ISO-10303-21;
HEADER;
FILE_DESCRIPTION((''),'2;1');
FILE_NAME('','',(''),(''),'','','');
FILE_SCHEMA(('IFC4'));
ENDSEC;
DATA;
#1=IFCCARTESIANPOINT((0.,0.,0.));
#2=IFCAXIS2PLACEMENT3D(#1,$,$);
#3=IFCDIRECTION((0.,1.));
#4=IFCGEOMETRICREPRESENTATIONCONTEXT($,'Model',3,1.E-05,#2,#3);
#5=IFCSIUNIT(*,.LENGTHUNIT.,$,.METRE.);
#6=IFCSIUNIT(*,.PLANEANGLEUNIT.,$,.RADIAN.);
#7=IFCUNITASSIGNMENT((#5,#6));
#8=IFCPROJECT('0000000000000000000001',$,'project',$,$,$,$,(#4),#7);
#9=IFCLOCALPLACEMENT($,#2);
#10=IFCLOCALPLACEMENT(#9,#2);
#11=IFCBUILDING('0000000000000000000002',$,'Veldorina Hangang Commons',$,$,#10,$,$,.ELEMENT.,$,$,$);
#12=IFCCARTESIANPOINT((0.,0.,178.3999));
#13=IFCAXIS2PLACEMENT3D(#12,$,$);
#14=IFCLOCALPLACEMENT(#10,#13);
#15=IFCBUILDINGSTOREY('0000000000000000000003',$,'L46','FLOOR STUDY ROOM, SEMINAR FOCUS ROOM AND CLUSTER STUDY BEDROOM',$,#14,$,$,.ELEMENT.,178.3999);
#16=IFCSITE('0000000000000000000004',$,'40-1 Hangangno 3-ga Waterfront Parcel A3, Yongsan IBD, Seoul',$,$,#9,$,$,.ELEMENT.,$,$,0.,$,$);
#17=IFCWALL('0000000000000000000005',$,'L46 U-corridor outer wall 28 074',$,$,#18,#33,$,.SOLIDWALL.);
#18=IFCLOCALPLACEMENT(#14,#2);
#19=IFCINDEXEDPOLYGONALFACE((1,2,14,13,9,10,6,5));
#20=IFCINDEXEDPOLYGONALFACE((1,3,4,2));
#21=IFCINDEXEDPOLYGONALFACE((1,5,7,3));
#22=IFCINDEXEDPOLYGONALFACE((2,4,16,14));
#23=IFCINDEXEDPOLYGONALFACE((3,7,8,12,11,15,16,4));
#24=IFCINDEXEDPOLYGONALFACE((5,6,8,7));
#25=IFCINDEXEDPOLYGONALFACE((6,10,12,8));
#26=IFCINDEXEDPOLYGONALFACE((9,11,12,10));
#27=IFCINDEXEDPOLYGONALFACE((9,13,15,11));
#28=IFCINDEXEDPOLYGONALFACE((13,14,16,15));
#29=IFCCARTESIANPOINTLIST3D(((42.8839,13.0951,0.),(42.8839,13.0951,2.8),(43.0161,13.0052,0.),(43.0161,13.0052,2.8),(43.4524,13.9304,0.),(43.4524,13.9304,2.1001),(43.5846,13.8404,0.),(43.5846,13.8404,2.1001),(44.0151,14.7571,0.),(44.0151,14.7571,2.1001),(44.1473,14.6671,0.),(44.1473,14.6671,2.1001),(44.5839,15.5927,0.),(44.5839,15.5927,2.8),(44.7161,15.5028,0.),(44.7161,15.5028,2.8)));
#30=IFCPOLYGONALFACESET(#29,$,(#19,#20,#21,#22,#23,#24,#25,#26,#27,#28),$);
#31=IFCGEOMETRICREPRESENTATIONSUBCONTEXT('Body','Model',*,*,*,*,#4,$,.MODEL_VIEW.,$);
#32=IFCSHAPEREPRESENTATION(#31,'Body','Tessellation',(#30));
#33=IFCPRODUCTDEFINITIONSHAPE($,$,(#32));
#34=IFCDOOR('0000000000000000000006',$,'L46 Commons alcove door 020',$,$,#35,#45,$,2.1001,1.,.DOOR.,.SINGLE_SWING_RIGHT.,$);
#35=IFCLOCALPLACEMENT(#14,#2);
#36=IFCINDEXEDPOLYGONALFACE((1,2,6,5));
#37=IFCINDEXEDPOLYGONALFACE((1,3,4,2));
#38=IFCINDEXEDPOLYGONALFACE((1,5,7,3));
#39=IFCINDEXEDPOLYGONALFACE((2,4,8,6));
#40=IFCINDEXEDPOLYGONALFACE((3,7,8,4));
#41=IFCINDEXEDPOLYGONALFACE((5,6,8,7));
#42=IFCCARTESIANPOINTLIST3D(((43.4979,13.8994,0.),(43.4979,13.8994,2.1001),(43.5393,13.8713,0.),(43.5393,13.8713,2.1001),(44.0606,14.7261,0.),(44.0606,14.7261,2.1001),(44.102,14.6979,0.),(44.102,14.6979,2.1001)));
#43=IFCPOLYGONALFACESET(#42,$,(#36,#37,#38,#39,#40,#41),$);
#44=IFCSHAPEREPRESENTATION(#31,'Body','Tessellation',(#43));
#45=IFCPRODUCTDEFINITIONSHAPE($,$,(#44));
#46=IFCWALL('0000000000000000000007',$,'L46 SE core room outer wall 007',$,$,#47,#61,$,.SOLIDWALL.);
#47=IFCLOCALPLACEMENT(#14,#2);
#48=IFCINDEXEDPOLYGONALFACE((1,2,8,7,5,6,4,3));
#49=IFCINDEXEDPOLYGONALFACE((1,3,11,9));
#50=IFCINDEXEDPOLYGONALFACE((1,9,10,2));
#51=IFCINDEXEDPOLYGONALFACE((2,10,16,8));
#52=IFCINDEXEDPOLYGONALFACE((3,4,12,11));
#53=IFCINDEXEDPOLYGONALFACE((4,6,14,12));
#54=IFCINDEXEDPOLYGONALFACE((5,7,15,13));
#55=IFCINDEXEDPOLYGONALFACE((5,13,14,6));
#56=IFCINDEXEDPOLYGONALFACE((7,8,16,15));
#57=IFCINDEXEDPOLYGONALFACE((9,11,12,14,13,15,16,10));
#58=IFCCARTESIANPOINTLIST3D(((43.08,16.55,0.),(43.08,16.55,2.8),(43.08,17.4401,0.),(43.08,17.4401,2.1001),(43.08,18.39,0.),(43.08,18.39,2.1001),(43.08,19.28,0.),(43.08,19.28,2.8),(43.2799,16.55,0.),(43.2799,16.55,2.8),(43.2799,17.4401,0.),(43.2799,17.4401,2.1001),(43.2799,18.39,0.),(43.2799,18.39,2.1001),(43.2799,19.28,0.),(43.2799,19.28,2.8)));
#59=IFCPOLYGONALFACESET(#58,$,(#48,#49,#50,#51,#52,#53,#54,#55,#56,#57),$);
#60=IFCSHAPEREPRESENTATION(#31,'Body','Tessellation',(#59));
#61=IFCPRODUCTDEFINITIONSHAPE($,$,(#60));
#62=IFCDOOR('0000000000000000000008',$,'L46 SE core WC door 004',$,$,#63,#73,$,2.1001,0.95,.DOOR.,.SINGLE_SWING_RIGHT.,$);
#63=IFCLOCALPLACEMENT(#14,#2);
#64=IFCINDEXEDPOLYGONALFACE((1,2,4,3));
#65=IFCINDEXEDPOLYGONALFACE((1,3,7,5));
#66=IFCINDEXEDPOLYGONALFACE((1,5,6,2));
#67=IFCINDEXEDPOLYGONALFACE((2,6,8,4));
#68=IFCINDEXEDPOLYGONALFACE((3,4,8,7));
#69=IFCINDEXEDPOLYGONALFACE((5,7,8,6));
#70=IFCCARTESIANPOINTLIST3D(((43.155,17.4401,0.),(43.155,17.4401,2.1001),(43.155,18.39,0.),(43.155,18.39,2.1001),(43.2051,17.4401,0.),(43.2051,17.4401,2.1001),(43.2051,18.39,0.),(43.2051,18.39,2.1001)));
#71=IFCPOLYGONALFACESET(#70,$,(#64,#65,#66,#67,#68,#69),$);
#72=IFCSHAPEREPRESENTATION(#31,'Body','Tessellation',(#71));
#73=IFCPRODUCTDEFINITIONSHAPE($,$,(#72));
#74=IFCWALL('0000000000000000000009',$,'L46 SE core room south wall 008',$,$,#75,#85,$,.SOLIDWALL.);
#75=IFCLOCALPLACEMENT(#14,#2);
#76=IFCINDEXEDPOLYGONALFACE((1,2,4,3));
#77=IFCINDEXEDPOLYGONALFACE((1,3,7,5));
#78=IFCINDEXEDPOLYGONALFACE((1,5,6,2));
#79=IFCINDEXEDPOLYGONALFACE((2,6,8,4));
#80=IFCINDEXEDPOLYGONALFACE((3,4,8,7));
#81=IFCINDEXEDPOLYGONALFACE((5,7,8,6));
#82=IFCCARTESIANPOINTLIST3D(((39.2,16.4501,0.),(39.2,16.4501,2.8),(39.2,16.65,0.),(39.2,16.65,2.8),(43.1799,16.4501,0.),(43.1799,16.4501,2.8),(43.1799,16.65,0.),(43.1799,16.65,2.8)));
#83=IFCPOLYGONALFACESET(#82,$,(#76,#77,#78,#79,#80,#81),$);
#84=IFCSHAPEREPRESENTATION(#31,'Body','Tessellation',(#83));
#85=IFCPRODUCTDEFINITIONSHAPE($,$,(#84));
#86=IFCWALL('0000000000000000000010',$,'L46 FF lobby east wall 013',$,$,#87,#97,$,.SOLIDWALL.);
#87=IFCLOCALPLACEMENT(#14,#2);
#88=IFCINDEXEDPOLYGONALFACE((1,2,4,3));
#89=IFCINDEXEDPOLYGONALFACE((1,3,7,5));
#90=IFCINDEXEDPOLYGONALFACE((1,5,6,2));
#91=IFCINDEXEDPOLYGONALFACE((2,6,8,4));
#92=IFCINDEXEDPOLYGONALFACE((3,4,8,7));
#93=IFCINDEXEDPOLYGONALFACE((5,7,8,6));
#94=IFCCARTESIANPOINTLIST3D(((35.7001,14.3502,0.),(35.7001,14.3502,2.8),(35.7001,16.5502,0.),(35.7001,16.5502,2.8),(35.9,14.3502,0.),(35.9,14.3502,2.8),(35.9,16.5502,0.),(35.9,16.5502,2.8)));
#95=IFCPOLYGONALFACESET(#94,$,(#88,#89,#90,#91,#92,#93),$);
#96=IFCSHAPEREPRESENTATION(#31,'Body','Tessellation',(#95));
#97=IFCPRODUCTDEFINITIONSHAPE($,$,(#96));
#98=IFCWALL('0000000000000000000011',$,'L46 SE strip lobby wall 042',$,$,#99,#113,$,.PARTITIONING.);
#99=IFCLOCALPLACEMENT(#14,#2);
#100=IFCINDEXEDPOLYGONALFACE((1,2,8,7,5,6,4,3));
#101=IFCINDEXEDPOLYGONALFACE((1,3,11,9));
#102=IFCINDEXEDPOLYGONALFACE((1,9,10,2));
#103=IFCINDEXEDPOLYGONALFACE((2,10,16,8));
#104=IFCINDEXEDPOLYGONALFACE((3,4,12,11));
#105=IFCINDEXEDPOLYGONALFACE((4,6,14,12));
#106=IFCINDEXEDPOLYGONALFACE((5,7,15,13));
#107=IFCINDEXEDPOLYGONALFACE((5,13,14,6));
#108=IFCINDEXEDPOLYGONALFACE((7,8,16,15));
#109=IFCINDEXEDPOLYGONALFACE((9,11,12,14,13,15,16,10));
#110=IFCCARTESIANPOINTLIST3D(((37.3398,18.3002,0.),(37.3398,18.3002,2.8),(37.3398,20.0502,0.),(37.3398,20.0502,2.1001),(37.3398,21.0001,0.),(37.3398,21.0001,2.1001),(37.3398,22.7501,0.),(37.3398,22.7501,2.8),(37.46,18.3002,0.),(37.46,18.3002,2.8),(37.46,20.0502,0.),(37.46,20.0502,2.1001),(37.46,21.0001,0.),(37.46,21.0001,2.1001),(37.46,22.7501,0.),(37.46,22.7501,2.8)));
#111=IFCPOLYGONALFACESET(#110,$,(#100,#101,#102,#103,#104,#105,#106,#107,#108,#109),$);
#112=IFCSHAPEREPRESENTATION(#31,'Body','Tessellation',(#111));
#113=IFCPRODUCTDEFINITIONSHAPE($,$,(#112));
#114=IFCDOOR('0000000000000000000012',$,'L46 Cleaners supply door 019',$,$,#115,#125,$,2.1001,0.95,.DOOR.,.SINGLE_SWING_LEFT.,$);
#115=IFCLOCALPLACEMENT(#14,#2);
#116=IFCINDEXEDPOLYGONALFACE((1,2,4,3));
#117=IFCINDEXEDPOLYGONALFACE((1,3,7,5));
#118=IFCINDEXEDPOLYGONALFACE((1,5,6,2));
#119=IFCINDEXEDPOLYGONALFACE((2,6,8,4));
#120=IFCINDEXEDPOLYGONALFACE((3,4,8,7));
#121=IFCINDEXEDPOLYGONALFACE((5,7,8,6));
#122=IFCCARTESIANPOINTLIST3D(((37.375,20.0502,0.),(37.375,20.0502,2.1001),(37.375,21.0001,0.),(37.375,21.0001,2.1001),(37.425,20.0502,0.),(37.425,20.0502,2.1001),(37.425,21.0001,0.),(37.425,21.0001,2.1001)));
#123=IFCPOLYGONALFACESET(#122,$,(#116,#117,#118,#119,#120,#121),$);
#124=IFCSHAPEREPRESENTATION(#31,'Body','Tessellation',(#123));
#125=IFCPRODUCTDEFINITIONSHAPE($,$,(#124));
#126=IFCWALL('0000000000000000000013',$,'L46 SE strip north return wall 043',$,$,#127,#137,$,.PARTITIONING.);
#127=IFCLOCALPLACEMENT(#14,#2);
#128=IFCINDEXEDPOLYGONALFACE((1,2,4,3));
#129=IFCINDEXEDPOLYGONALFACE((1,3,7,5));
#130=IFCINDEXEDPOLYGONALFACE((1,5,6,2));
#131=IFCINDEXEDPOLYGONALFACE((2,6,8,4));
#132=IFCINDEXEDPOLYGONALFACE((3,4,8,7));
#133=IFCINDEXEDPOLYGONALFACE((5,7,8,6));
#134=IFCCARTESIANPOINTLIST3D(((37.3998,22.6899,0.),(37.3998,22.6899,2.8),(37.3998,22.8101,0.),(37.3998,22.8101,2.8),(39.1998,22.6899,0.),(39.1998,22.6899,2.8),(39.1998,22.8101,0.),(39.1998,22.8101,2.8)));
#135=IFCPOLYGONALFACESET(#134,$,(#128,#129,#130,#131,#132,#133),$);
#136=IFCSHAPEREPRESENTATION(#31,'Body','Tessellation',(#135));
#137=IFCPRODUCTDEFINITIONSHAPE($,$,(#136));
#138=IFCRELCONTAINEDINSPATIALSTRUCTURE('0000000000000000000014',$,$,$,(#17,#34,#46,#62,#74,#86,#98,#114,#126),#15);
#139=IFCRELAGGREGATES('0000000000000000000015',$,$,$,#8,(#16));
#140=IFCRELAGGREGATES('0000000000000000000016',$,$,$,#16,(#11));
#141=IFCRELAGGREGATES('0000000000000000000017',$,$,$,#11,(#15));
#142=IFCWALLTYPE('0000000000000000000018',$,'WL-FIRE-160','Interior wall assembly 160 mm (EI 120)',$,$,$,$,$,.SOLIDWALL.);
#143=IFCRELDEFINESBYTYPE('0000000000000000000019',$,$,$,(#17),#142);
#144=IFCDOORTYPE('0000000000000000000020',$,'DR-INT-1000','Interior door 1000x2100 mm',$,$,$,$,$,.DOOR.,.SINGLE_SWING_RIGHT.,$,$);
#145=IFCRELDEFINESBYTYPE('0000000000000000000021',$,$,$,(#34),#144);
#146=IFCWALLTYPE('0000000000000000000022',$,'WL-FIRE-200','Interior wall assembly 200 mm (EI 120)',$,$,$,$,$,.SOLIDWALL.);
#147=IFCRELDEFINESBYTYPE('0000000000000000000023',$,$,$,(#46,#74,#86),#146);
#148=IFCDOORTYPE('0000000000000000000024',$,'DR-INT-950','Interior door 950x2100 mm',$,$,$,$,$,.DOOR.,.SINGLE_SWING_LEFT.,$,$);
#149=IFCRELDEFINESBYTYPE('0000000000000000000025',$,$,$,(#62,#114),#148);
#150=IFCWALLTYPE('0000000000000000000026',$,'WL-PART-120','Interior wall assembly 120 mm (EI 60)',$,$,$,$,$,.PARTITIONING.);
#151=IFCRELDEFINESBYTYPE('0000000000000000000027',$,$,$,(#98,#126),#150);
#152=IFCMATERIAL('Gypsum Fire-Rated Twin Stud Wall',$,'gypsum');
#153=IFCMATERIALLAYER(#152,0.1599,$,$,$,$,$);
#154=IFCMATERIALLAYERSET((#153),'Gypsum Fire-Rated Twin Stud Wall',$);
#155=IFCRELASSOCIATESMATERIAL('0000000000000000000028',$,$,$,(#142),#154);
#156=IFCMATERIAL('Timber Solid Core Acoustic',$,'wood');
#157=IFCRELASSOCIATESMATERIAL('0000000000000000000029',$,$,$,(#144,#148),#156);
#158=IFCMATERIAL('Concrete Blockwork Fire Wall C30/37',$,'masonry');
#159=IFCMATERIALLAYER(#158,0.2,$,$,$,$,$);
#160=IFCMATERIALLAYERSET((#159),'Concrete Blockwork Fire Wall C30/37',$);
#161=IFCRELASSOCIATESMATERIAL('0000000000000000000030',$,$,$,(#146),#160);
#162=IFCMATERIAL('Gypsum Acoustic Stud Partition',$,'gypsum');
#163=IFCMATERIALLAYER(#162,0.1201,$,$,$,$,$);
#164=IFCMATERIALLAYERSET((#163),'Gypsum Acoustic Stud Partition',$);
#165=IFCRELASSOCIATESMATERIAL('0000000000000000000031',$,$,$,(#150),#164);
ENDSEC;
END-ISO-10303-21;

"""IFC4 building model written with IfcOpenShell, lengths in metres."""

from ifc_helpers import new_model, si_unit, direction, frame, frame_2d, origin, place, context, subcontext, project, spatial, rectangle, extrude, material, layer, layer_set, type_object, element, fill, save


model = new_model("IFC4")

# Units and contexts
model_context = context("Model", 3, precision=1e-05, world=origin(), true_north=direction((0.0, 1.0)))
body_context = subcontext(model_context, "Body", "Model", "MODEL_VIEW")
ifc_project = project(units=[si_unit("LENGTHUNIT", "METRE"), si_unit("PLANEANGLEUNIT", "RADIAN")], contexts=[model_context])

# Site, building, storey
site_placement = place(None, origin())
site = spatial("IfcSite", under=ifc_project, at=site_placement, Name="40-1 Hangangno 3-ga Waterfront Parcel A3, Yongsan IBD, Seoul", CompositionType="ELEMENT", RefElevation=0.0)
building_placement = place(site_placement, origin())
building = spatial("IfcBuilding", under=site, at=building_placement, Name="Veldorina Hangang Commons", CompositionType="ELEMENT")
storey_placement = place(building_placement, frame((0.0, 0.0, 178.3999)))
storey = spatial("IfcBuildingStorey", under=building, at=storey_placement, Name="L46", Description="FLOOR STUDY ROOM, SEMINAR FOCUS ROOM AND CLUSTER STUDY BEDROOM", CompositionType="ELEMENT", Elevation=178.3999)

# Shared definitions
ifc_material_1 = material(Name="Gypsum Fire-Rated Twin Stud Wall", Category="gypsum")
ifc_layer_1 = layer(ifc_material_1, 0.1599)
ifc_layer_set_1 = layer_set([ifc_layer_1], Name="Gypsum Fire-Rated Twin Stud Wall")
wall_type_1 = type_object("IfcWallType", Name="WL-FIRE-160", Description="Interior wall assembly 160 mm (EI 120)", PredefinedType="SOLIDWALL", material=ifc_layer_set_1)

# Walls, openings, doors
wall_1_placement = place(storey_placement, frame((42.95, 13.05, 0.0), z_axis=(0.0, 0.0, 1.0), x_axis=(0.562675, 0.826678, 0.0)))
wall_1 = element("IfcWall", 1, at=wall_1_placement, inside=storey, type_object=wall_type_1, Name="L46 U-corridor outer wall 28 074", PredefinedType="SOLIDWALL", context=body_context, shape_type="SweptSolid", body=[
    extrude(rectangle(XDim=3.0212, YDim=0.1599, at=frame_2d((1.5107, 0.0))), origin(), (0.0, 0.0, 1.0), 2.8),
])
opening_1_placement = place(wall_1_placement, frame((1.0105, 0.0, 0.0)))
opening_1 = element("IfcOpeningElement", 2, at=opening_1_placement, cuts=wall_1, PredefinedType="OPENING", context=body_context, shape_type="SweptSolid", body=[
    extrude(rectangle(XDim=1.0, YDim=2.1001, at=frame_2d((0.5, 1.05))), frame((0.0, 0.0898, 0.0), z_axis=(0.0, -1.0, 0.0), x_axis=(1.0, 0.0, 0.0)), (0.0, 0.0, 1.0), 0.1799),
])
ifc_material_2 = material(Name="Timber Solid Core Acoustic", Category="wood")
door_type_1 = type_object("IfcDoorType", Name="DR-INT-1000", Description="Interior door 1000x2100 mm", OperationType="SINGLE_SWING_RIGHT", PredefinedType="DOOR", material=ifc_material_2)
door_1_placement = place(opening_1_placement, origin())
door_1 = element("IfcDoor", 3, at=door_1_placement, inside=storey, type_object=door_type_1, Name="L46 Commons alcove door 020", OperationType="SINGLE_SWING_RIGHT", OverallHeight=2.1001, OverallWidth=1.0, PredefinedType="DOOR", context=body_context, shape_type="SweptSolid", body=[
    extrude(rectangle(XDim=1.0, YDim=2.1001, at=frame_2d((0.5, 1.05))), frame((0.0, 0.0249, 0.0), z_axis=(0.0, -1.0, 0.0), x_axis=(1.0, 0.0, 0.0)), (0.0, 0.0, 1.0), 0.05),
])
fill(opening_1, door_1)
ifc_material_3 = material(Name="Concrete Blockwork Fire Wall C30/37", Category="masonry")
ifc_layer_2 = layer(ifc_material_3, 0.2)
ifc_layer_set_2 = layer_set([ifc_layer_2], Name="Concrete Blockwork Fire Wall C30/37")
wall_type_2 = type_object("IfcWallType", Name="WL-FIRE-200", Description="Interior wall assembly 200 mm (EI 120)", PredefinedType="SOLIDWALL", material=ifc_layer_set_2)
wall_2_placement = place(storey_placement, frame((43.1799, 16.55, 0.0), z_axis=(0.0, 0.0, 1.0), x_axis=(0.0, 1.0, 0.0)))
wall_2 = element("IfcWall", 4, at=wall_2_placement, inside=storey, type_object=wall_type_2, Name="L46 SE core room outer wall 007", PredefinedType="SOLIDWALL", context=body_context, shape_type="SweptSolid", body=[
    extrude(rectangle(XDim=2.73, YDim=0.2, at=frame_2d((1.365, 0.0))), origin(), (0.0, 0.0, 1.0), 2.8),
])
opening_2_placement = place(wall_2_placement, frame((0.8899, 0.0, 0.0)))
opening_2 = element("IfcOpeningElement", 5, at=opening_2_placement, cuts=wall_2, PredefinedType="OPENING", context=body_context, shape_type="SweptSolid", body=[
    extrude(rectangle(XDim=0.95, YDim=2.1001, at=frame_2d((0.4751, 1.05))), frame((0.0, 0.1099, 0.0), z_axis=(0.0, -1.0, 0.0), x_axis=(1.0, 0.0, 0.0)), (0.0, 0.0, 1.0), 0.22),
])
door_type_2 = type_object("IfcDoorType", Name="DR-INT-950", Description="Interior door 950x2100 mm", OperationType="SINGLE_SWING_LEFT", PredefinedType="DOOR", material=ifc_material_2)
door_2_placement = place(opening_2_placement, origin())
door_2 = element("IfcDoor", 6, at=door_2_placement, inside=storey, type_object=door_type_2, Name="L46 SE core WC door 004", OperationType="SINGLE_SWING_RIGHT", OverallHeight=2.1001, OverallWidth=0.95, PredefinedType="DOOR", context=body_context, shape_type="SweptSolid", body=[
    extrude(rectangle(XDim=0.95, YDim=2.1001, at=frame_2d((0.4751, 1.05))), frame((0.0, 0.0249, 0.0), z_axis=(0.0, -1.0, 0.0), x_axis=(1.0, 0.0, 0.0)), (0.0, 0.0, 1.0), 0.05),
])
fill(opening_2, door_2)

# Walls
wall_3_placement = place(storey_placement, frame((39.2, 16.55, 0.0), z_axis=(0.0, 0.0, 1.0), x_axis=(1.0, 0.0, 0.0)))
element("IfcWall", 7, at=wall_3_placement, inside=storey, type_object=wall_type_2, Name="L46 SE core room south wall 008", PredefinedType="SOLIDWALL", context=body_context, shape_type="SweptSolid", body=[
    extrude(rectangle(XDim=3.98, YDim=0.2, at=frame_2d((1.99, 0.0))), origin(), (0.0, 0.0, 1.0), 2.8),
])
wall_4_placement = place(storey_placement, frame((35.8, 14.3501, 0.0), z_axis=(0.0, 0.0, 1.0), x_axis=(0.0, 1.0, 0.0)))
element("IfcWall", 8, at=wall_4_placement, inside=storey, type_object=wall_type_2, Name="L46 FF lobby east wall 013", PredefinedType="SOLIDWALL", context=body_context, shape_type="SweptSolid", body=[
    extrude(rectangle(XDim=2.2, YDim=0.2, at=frame_2d((1.1001, 0.0))), origin(), (0.0, 0.0, 1.0), 2.8),
])

# Wall, opening, door
ifc_material_4 = material(Name="Gypsum Acoustic Stud Partition", Category="gypsum")
ifc_layer_3 = layer(ifc_material_4, 0.1201)
ifc_layer_set_3 = layer_set([ifc_layer_3], Name="Gypsum Acoustic Stud Partition")
wall_type_3 = type_object("IfcWallType", Name="WL-PART-120", Description="Interior wall assembly 120 mm (EI 60)", PredefinedType="PARTITIONING", material=ifc_layer_set_3)
wall_5_placement = place(storey_placement, frame((37.3999, 18.3, 0.0), z_axis=(0.0, 0.0, 1.0), x_axis=(0.0, 1.0, 0.0)))
wall_5 = element("IfcWall", 9, at=wall_5_placement, inside=storey, type_object=wall_type_3, Name="L46 SE strip lobby wall 042", PredefinedType="PARTITIONING", context=body_context, shape_type="SweptSolid", body=[
    extrude(rectangle(XDim=4.45, YDim=0.1201, at=frame_2d((2.2251, 0.0))), origin(), (0.0, 0.0, 1.0), 2.8),
])
opening_3_placement = place(wall_5_placement, frame((1.75, 0.0, 0.0)))
opening_3 = element("IfcOpeningElement", 10, at=opening_3_placement, cuts=wall_5, PredefinedType="OPENING", context=body_context, shape_type="SweptSolid", body=[
    extrude(rectangle(XDim=0.95, YDim=2.1001, at=frame_2d((0.4751, 1.05))), frame((0.0, 0.0701, 0.0), z_axis=(0.0, -1.0, 0.0), x_axis=(1.0, 0.0, 0.0)), (0.0, 0.0, 1.0), 0.1401),
])
door_3_placement = place(opening_3_placement, origin())
door_3 = element("IfcDoor", 11, at=door_3_placement, inside=storey, type_object=door_type_2, Name="L46 Cleaners supply door 019", OperationType="SINGLE_SWING_LEFT", OverallHeight=2.1001, OverallWidth=0.95, PredefinedType="DOOR", context=body_context, shape_type="SweptSolid", body=[
    extrude(rectangle(XDim=0.95, YDim=2.1001, at=frame_2d((0.4751, 1.05))), frame((0.0, 0.0249, 0.0), z_axis=(0.0, -1.0, 0.0), x_axis=(1.0, 0.0, 0.0)), (0.0, 0.0, 1.0), 0.05),
])
fill(opening_3, door_3)

# Wall
wall_6_placement = place(storey_placement, frame((37.3999, 22.75, 0.0), z_axis=(0.0, 0.0, 1.0), x_axis=(1.0, 0.0, 0.0)))
element("IfcWall", 12, at=wall_6_placement, inside=storey, type_object=wall_type_3, Name="L46 SE strip north return wall 043", PredefinedType="PARTITIONING", context=body_context, shape_type="SweptSolid", body=[
    extrude(rectangle(XDim=1.8, YDim=0.1201, at=frame_2d((0.8999, 0.0))), origin(), (0.0, 0.0, 1.0), 2.8),
])

save(model, "model.ifc")
